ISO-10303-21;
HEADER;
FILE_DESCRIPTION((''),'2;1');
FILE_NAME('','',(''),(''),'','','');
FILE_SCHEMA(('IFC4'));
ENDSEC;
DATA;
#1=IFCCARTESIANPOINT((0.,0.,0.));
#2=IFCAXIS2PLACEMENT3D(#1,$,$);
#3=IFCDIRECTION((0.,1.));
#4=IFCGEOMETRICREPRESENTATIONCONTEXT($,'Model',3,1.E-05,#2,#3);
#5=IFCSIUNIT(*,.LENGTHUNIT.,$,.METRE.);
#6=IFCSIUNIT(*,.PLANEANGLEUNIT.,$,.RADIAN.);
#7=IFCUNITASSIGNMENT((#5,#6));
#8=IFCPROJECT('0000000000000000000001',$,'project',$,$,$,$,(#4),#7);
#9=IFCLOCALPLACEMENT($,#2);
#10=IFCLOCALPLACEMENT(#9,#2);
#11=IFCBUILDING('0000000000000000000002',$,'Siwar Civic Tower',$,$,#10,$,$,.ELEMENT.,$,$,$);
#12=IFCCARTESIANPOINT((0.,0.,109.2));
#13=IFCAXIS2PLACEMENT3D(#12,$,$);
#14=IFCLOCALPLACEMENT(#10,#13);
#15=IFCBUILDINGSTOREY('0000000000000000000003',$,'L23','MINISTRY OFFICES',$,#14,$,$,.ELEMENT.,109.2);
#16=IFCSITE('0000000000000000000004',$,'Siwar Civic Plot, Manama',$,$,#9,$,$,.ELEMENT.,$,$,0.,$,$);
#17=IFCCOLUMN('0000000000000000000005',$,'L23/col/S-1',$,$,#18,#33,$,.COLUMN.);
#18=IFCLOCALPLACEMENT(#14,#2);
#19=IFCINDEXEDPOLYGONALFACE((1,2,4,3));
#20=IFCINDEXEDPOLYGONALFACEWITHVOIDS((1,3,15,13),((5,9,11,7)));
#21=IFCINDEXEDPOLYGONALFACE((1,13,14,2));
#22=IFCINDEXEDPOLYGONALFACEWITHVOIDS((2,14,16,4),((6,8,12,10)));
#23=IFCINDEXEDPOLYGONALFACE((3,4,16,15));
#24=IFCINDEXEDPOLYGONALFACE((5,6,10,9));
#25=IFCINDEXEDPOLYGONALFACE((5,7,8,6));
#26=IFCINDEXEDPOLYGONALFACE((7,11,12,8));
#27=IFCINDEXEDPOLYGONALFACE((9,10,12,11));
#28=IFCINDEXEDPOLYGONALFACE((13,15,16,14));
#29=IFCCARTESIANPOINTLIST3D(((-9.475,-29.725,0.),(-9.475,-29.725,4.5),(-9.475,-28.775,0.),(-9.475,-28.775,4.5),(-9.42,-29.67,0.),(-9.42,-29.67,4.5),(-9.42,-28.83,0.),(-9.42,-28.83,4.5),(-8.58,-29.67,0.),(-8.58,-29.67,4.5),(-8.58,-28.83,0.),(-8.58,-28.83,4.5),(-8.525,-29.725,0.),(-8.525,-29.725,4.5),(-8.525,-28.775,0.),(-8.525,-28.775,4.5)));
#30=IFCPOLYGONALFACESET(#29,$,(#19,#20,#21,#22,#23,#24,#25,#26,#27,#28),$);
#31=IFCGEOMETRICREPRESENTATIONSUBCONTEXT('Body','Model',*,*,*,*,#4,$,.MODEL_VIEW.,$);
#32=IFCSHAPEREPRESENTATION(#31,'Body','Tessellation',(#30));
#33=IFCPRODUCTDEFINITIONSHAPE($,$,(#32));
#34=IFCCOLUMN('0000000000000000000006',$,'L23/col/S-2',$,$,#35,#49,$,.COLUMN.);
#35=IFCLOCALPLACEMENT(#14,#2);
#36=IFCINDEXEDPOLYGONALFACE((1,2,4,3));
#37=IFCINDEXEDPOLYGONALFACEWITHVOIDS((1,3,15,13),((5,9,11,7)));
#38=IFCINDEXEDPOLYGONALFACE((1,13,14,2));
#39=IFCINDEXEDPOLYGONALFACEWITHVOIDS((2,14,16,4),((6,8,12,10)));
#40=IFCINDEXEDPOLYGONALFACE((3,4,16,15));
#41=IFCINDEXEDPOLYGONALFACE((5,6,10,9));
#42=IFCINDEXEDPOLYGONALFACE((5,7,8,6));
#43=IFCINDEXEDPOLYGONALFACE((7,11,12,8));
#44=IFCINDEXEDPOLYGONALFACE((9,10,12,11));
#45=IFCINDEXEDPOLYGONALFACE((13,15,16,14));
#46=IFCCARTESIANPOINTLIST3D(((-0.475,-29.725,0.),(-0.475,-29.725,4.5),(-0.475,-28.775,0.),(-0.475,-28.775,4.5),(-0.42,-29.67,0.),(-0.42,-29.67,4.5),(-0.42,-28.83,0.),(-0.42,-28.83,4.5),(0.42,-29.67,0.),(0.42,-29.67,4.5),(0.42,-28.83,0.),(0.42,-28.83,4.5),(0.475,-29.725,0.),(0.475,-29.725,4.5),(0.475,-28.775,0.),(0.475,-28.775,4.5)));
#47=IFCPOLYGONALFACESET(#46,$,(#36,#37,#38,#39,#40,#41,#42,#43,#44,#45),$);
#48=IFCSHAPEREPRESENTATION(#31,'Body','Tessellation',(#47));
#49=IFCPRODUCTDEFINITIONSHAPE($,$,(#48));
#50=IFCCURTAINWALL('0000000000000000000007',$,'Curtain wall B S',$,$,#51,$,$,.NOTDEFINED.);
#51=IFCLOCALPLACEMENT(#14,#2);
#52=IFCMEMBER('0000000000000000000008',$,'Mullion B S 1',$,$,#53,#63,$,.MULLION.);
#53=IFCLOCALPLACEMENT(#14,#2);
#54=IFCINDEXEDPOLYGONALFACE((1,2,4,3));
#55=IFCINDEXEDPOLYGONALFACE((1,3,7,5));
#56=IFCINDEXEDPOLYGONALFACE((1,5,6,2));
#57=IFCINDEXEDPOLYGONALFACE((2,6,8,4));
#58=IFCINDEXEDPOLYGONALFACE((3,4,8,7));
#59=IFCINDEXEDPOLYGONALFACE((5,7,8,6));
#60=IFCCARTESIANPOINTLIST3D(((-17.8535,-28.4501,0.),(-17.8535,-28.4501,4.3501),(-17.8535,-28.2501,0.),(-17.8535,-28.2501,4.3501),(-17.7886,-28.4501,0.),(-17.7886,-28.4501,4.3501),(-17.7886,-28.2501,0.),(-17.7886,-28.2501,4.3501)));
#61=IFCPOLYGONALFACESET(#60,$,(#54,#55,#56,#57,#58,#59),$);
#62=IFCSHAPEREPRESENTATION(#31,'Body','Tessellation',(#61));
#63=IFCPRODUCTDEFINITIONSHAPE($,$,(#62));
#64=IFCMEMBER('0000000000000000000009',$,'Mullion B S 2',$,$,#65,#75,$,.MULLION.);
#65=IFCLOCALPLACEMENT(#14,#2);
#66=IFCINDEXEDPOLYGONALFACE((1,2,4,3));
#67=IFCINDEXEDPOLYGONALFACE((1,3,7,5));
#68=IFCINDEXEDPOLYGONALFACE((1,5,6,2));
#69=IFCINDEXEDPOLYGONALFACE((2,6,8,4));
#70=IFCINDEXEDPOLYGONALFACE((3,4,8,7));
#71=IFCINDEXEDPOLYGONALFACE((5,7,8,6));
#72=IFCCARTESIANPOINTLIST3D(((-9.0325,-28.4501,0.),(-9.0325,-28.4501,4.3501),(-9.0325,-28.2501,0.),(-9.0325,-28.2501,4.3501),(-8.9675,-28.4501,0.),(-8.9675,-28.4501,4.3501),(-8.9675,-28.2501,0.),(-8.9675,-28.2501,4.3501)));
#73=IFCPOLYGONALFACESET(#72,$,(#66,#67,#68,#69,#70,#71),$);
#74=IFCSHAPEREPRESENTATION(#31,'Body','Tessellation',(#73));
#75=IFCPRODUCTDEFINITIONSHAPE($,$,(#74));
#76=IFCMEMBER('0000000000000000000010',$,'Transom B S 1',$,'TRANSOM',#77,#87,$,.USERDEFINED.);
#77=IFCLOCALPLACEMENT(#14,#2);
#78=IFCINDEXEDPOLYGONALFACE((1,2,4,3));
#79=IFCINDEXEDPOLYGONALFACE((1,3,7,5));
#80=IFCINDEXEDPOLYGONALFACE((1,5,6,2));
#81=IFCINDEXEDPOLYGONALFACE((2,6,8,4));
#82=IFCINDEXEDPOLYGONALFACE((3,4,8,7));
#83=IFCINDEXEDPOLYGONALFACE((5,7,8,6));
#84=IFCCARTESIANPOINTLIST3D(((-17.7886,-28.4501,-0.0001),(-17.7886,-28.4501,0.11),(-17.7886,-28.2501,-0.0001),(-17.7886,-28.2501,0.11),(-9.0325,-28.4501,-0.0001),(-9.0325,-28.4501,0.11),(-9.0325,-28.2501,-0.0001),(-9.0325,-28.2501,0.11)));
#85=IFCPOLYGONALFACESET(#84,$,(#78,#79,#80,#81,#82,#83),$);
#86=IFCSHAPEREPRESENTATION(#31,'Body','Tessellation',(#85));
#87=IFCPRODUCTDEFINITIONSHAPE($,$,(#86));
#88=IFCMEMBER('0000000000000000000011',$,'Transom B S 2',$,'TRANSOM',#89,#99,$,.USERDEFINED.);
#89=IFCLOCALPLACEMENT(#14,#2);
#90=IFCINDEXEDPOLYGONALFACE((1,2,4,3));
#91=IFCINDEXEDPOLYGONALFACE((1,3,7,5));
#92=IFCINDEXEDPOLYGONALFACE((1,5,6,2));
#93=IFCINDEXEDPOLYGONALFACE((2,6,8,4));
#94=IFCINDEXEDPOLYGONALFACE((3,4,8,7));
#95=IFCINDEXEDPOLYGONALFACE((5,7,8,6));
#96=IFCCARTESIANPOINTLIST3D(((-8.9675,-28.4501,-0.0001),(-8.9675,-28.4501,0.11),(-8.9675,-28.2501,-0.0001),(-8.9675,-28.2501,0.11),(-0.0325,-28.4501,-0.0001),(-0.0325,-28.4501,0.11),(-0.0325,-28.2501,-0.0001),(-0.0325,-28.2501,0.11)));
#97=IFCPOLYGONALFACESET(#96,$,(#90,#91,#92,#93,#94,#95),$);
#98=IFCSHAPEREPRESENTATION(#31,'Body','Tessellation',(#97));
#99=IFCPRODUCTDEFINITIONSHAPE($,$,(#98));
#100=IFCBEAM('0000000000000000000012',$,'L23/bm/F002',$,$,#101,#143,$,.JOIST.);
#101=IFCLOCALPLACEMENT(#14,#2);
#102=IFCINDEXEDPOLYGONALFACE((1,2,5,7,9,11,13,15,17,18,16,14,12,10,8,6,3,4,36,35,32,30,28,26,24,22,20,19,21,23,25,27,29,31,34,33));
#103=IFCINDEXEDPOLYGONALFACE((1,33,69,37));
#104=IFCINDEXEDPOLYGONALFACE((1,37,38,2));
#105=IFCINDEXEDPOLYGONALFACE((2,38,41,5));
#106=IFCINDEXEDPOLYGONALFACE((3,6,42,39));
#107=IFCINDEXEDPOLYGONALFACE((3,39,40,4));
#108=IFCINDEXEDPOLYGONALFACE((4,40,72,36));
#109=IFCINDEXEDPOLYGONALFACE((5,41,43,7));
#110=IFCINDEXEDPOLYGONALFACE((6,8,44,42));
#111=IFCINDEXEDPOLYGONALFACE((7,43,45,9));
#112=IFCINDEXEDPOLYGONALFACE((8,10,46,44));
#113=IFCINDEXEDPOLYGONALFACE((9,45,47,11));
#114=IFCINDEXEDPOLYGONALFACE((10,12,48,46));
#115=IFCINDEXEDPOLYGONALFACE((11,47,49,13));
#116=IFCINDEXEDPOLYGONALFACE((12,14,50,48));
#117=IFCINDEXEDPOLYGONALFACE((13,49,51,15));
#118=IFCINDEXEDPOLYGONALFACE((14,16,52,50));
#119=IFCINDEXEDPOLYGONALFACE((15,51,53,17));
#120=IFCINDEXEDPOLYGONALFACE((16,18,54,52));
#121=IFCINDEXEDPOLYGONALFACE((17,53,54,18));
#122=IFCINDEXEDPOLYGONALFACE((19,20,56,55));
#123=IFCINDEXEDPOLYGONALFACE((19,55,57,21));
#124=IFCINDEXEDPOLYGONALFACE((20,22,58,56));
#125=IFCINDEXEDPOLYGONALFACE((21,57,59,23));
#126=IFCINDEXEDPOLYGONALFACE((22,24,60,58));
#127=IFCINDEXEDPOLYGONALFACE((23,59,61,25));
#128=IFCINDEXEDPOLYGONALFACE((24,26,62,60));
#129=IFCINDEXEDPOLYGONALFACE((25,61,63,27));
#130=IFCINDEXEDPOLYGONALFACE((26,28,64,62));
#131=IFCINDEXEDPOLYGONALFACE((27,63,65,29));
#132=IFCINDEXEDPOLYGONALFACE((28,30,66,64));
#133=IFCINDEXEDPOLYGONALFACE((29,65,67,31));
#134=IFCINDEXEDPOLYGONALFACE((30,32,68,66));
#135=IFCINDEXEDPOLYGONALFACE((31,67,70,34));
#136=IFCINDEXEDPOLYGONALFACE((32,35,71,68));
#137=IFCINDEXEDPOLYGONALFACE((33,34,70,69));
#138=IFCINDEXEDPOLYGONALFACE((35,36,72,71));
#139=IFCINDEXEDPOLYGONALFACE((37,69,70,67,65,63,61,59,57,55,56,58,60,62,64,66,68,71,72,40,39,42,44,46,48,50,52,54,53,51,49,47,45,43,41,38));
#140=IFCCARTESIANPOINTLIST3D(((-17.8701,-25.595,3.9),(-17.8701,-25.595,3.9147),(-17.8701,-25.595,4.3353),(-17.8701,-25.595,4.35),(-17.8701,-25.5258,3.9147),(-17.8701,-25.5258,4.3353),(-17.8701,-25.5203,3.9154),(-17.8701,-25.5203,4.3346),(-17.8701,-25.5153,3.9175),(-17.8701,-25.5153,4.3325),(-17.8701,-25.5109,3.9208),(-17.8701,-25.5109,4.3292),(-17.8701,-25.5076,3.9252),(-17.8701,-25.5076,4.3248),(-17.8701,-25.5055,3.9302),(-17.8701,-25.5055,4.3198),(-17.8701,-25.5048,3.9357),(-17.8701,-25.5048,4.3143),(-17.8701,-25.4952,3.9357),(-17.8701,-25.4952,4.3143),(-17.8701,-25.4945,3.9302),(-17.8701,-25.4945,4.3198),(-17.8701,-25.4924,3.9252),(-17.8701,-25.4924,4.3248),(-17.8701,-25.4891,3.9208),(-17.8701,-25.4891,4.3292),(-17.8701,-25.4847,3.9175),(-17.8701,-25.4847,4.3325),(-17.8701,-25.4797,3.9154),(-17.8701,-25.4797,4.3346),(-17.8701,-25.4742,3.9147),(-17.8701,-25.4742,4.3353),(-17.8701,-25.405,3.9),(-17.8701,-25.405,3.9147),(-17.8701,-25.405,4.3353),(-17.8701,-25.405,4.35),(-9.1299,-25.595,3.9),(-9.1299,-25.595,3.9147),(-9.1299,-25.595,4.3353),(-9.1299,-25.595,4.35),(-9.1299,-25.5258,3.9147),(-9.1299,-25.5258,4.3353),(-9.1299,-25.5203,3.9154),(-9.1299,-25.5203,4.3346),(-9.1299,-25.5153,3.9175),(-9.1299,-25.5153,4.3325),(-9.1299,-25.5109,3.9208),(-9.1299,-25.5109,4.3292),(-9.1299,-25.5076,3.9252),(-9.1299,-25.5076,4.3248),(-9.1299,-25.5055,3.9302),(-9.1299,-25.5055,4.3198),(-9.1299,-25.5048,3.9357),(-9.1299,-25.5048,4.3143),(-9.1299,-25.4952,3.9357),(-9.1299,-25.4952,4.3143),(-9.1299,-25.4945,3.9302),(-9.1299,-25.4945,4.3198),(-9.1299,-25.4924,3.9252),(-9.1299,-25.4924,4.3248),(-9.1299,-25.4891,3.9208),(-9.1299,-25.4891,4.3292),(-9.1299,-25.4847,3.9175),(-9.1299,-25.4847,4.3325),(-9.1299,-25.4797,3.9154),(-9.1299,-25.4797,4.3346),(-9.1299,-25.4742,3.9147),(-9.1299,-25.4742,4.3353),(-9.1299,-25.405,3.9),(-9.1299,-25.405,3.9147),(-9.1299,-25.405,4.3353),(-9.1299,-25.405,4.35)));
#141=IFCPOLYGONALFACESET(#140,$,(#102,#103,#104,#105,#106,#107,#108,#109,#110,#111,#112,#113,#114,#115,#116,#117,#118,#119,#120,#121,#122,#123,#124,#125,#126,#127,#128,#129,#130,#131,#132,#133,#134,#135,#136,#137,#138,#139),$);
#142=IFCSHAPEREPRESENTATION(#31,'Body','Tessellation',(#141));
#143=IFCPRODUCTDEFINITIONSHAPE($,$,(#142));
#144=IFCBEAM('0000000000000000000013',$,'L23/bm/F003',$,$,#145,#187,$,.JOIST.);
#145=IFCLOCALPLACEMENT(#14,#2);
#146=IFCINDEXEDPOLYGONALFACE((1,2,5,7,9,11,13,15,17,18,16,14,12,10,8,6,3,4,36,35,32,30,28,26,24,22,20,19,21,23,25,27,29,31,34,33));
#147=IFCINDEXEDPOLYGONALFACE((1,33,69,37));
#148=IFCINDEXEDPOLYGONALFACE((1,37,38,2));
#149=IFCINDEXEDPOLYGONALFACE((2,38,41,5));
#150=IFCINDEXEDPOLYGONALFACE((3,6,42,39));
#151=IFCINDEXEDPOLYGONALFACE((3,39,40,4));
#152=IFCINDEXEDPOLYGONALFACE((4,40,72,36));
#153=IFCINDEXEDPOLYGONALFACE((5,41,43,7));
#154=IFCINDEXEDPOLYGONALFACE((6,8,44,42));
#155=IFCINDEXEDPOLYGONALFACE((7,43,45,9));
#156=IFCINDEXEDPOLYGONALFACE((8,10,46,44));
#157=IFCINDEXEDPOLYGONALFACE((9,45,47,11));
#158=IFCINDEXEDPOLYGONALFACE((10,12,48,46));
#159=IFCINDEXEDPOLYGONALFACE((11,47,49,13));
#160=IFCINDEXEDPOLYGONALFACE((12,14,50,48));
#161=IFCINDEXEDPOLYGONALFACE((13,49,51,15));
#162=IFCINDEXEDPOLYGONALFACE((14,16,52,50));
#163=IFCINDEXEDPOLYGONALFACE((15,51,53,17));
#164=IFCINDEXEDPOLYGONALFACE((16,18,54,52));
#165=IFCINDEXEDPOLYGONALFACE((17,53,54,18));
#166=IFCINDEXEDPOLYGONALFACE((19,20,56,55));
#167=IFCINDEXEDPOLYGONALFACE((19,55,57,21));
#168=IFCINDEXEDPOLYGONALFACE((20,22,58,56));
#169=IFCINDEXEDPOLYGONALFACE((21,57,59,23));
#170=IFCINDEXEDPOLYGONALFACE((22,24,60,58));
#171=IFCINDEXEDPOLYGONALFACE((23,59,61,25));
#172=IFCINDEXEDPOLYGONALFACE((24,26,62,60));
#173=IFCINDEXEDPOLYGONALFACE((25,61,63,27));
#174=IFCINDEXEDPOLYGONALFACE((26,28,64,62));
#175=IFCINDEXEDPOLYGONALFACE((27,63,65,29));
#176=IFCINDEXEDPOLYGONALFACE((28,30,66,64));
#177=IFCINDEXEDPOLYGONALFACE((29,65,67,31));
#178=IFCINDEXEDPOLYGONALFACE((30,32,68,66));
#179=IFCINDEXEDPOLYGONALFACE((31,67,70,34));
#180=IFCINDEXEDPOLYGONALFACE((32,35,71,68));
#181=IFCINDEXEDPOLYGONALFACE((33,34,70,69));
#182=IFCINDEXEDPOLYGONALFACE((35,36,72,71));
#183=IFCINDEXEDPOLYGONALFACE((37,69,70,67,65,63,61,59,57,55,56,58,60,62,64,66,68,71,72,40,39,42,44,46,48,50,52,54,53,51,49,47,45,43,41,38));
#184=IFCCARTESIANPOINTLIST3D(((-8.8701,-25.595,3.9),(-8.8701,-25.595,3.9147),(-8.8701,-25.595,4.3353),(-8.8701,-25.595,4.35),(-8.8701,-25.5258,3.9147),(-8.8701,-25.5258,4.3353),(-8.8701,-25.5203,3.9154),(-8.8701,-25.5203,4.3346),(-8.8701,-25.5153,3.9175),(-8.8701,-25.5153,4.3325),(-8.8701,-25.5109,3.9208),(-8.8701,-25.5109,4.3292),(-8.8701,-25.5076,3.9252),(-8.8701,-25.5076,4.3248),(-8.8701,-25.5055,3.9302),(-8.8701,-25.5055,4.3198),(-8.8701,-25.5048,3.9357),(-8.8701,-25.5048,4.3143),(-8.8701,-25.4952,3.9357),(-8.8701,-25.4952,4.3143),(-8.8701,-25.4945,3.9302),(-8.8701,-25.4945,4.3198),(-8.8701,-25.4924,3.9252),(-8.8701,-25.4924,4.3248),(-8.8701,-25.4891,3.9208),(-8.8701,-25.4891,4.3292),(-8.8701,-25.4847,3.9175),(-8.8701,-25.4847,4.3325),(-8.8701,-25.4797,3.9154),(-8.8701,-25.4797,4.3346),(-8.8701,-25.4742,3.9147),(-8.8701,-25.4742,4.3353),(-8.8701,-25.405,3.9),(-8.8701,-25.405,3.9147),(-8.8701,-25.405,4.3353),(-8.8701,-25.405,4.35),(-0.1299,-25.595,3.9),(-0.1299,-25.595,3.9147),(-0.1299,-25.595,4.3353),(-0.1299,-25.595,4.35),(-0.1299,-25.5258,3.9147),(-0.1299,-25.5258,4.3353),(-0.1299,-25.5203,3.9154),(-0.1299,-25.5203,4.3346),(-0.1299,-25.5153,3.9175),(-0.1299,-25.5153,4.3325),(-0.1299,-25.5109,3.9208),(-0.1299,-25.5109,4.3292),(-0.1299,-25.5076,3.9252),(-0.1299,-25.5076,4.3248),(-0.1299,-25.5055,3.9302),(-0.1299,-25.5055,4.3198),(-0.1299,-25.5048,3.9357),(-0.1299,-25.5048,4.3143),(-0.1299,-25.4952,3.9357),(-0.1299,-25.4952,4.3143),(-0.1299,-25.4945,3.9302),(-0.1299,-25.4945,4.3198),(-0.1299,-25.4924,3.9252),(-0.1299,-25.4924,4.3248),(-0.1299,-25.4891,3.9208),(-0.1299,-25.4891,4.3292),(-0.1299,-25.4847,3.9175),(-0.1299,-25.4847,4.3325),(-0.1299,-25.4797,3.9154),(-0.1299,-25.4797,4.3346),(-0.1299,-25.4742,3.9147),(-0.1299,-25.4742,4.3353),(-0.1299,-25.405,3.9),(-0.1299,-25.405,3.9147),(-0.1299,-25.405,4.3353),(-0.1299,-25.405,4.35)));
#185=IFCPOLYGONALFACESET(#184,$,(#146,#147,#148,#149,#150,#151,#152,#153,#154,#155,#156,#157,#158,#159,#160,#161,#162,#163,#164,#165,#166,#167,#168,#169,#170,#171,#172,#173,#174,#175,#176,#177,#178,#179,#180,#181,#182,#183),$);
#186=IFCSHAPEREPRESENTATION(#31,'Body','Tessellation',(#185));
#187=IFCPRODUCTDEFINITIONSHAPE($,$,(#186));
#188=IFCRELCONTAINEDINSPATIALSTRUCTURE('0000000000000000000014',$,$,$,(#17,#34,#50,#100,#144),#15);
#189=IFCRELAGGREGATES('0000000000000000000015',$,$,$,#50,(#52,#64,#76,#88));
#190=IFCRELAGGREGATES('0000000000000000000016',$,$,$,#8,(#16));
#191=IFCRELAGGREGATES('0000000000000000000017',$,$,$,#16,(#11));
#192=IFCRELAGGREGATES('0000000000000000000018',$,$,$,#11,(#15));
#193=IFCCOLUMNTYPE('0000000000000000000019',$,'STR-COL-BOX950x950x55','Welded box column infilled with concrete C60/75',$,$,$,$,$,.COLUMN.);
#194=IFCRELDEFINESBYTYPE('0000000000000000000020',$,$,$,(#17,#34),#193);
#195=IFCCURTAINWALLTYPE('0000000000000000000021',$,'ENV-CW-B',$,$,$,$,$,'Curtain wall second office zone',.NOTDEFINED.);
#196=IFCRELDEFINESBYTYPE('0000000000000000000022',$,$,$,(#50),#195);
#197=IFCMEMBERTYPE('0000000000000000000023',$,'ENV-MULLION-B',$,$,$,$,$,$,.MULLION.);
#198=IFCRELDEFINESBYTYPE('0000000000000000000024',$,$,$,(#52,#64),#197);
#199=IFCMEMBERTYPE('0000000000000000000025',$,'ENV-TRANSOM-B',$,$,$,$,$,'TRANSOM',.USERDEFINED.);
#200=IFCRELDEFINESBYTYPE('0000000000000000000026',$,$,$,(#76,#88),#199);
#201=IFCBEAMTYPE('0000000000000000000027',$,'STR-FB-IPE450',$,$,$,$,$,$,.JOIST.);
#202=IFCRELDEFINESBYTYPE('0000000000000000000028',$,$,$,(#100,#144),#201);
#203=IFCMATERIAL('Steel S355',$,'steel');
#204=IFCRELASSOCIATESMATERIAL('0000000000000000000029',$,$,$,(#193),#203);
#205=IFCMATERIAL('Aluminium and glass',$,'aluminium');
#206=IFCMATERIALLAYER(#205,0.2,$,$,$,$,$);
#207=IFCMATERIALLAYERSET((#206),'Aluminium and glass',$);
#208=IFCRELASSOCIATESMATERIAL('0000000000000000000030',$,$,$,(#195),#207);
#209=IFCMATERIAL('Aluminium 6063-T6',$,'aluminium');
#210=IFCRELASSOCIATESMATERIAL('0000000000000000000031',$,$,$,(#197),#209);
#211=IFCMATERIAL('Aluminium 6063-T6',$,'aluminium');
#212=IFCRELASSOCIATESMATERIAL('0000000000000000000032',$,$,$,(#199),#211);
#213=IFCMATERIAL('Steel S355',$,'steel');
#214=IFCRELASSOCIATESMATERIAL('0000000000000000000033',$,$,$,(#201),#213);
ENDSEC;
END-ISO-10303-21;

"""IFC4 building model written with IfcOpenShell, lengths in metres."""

from ifc_helpers import new_model, si_unit, direction, frame, origin, origin_2d, place, context, subcontext, project, spatial, rectangle, hollow_rectangle, i_section, extrude, material, layer, layer_set, material_profile, profile_set, type_object, element, aggregate, save


model = new_model("IFC4")

# Units and contexts
model_context = context("Model", 3, precision=1e-05, world=origin(), true_north=direction((0.0, 1.0)))
body_context = subcontext(model_context, "Body", "Model", "MODEL_VIEW")
ifc_project = project(units=[si_unit("LENGTHUNIT", "METRE"), si_unit("PLANEANGLEUNIT", "RADIAN")], contexts=[model_context])

# Site, building, storey
site_placement = place(None, origin())
site = spatial("IfcSite", under=ifc_project, at=site_placement, Name="Siwar Civic Plot, Manama", CompositionType="ELEMENT", RefElevation=0.0)
building_placement = place(site_placement, origin())
building = spatial("IfcBuilding", under=site, at=building_placement, Name="Siwar Civic Tower", CompositionType="ELEMENT")
storey_placement = place(building_placement, frame((0.0, 0.0, 109.2)))
storey = spatial("IfcBuildingStorey", under=building, at=storey_placement, Name="L23", Description="MINISTRY OFFICES", CompositionType="ELEMENT", Elevation=109.2)

# Columns
ifc_material_1 = material(Name="Steel S355", Category="steel")
ifc_material_profile_1 = material_profile(ifc_material_1, hollow_rectangle(XDim=0.95, YDim=0.95, WallThickness=0.0549, at=origin_2d()), Name="BOX950x950x55")
ifc_profile_set_1 = profile_set([ifc_material_profile_1], Name="Steel S355")
column_type = type_object("IfcColumnType", Name="STR-COL-BOX950x950x55", Description="Welded box column infilled with concrete C60/75", PredefinedType="COLUMN", material=ifc_profile_set_1)
for number, where, z_axis, x_axis, name in (
    (1, (-9.0, -29.25, 0.0), (0.0, 0.0, 1.0), (1.0, 0.0, 0.0), "L23/col/S-1"),
    (2, (0.0, -29.25, 0.0), (0.0, 0.0, 1.0), (1.0, 0.0, 0.0), "L23/col/S-2"),
):
    element("IfcColumn", number, at=place(storey_placement, frame(where, z_axis=z_axis, x_axis=x_axis)), inside=storey, type_object=column_type, Name=name, PredefinedType="COLUMN", context=body_context, shape_type="SweptSolid", body=[
        extrude(hollow_rectangle(XDim=0.95, YDim=0.95, WallThickness=0.0549, at=origin_2d()), origin(), (0.0, 0.0, 1.0), 4.5),
    ])

# Curtain wall, members
ifc_material_2 = material(Name="Aluminium and glass", Category="aluminium")
ifc_layer_1 = layer(ifc_material_2, 0.2)
ifc_layer_set_1 = layer_set([ifc_layer_1], Name="Aluminium and glass")
curtain_wall_type = type_object("IfcCurtainWallType", Name="ENV-CW-B", ElementType="Curtain wall second office zone", PredefinedType="NOTDEFINED", material=ifc_layer_set_1)
curtain_wall_placement = place(storey_placement, origin())
curtain_wall = element("IfcCurtainWall", 3, at=curtain_wall_placement, inside=storey, type_object=curtain_wall_type, Name="Curtain wall B S", PredefinedType="NOTDEFINED")
ifc_material_3 = material(Name="Aluminium 6063-T6", Category="aluminium")
ifc_material_profile_2 = material_profile(ifc_material_3, rectangle(XDim=0.2, YDim=0.0649, at=origin_2d()), Name="AL 200x65")
ifc_profile_set_2 = profile_set([ifc_material_profile_2], Name="Aluminium 6063-T6")
member_type_1 = type_object("IfcMemberType", Name="ENV-MULLION-B", PredefinedType="MULLION", material=ifc_profile_set_2)
member_1_placement = place(storey_placement, frame((-17.821, -28.3501, 0.0), z_axis=(0.0, 0.0, 1.0), x_axis=(0.0, 1.0, 0.0)))
member_1 = element("IfcMember", 4, at=member_1_placement, type_object=member_type_1, Name="Mullion B S 1", PredefinedType="MULLION", context=body_context, shape_type="SweptSolid", body=[
    extrude(rectangle(XDim=0.2, YDim=0.0649, at=origin_2d()), origin(), (0.0, 0.0, 1.0), 4.3501),
])
member_2_placement = place(storey_placement, frame((-9.0, -28.3501, 0.0), z_axis=(0.0, 0.0, 1.0), x_axis=(0.0, 1.0, 0.0)))
member_2 = element("IfcMember", 5, at=member_2_placement, type_object=member_type_1, Name="Mullion B S 2", PredefinedType="MULLION", context=body_context, shape_type="SweptSolid", body=[
    extrude(rectangle(XDim=0.2, YDim=0.0649, at=origin_2d()), origin(), (0.0, 0.0, 1.0), 4.3501),
])
ifc_material_4 = material(Name="Aluminium 6063-T6", Category="aluminium")
ifc_material_profile_3 = material_profile(ifc_material_4, rectangle(XDim=0.2, YDim=0.1101, at=origin_2d()), Name="AL 200x110")
ifc_profile_set_3 = profile_set([ifc_material_profile_3], Name="Aluminium 6063-T6")
member_type_2 = type_object("IfcMemberType", Name="ENV-TRANSOM-B", ElementType="TRANSOM", PredefinedType="USERDEFINED", material=ifc_profile_set_3)
member_3_placement = place(storey_placement, frame((-17.7886, -28.3501, 0.0549), z_axis=(1.0, 0.0, 0.0), x_axis=(0.0, 1.0, 0.0)))
member_3 = element("IfcMember", 6, at=member_3_placement, type_object=member_type_2, Name="Transom B S 1", ObjectType="TRANSOM", PredefinedType="USERDEFINED", context=body_context, shape_type="SweptSolid", body=[
    extrude(rectangle(XDim=0.2, YDim=0.1101, at=origin_2d()), origin(), (0.0, 0.0, 1.0), 8.7561),
])
member_4_placement = place(storey_placement, frame((-8.9675, -28.3501, 0.0549), z_axis=(1.0, 0.0, 0.0), x_axis=(0.0, 1.0, 0.0)))
member_4 = element("IfcMember", 7, at=member_4_placement, type_object=member_type_2, Name="Transom B S 2", ObjectType="TRANSOM", PredefinedType="USERDEFINED", context=body_context, shape_type="SweptSolid", body=[
    extrude(rectangle(XDim=0.2, YDim=0.1101, at=origin_2d()), origin(), (0.0, 0.0, 1.0), 8.9351),
])

# Beams
ifc_material_5 = material(Name="Steel S355", Category="steel")
ifc_material_profile_4 = material_profile(ifc_material_5, i_section(OverallWidth=0.1899, OverallDepth=0.45, WebThickness=0.0095, FlangeThickness=0.0146, FilletRadius=0.021, at=origin_2d()), Name="IPE450")
ifc_profile_set_4 = profile_set([ifc_material_profile_4], Name="Steel S355")
beam_type_1 = type_object("IfcBeamType", Name="STR-FB-IPE450", PredefinedType="JOIST", material=ifc_profile_set_4)
for number, where, z_axis, x_axis, name in (
    (8, (-17.8701, -25.5, 4.125), (1.0, 0.0, 0.0), (0.0, 1.0, 0.0), "L23/bm/F002"),
    (9, (-8.8701, -25.5, 4.125), (1.0, 0.0, 0.0), (0.0, 1.0, 0.0), "L23/bm/F003"),
):
    element("IfcBeam", number, at=place(storey_placement, frame(where, z_axis=z_axis, x_axis=x_axis)), inside=storey, type_object=beam_type_1, Name=name, PredefinedType="JOIST", context=body_context, shape_type="SweptSolid", body=[
        extrude(i_section(OverallWidth=0.1899, OverallDepth=0.45, WebThickness=0.0095, FlangeThickness=0.0146, FilletRadius=0.021, at=origin_2d()), origin(), (0.0, 0.0, 1.0), 8.7402),
    ])

aggregate(curtain_wall, [member_1, member_2, member_3, member_4])

save(model, "model.ifc")
